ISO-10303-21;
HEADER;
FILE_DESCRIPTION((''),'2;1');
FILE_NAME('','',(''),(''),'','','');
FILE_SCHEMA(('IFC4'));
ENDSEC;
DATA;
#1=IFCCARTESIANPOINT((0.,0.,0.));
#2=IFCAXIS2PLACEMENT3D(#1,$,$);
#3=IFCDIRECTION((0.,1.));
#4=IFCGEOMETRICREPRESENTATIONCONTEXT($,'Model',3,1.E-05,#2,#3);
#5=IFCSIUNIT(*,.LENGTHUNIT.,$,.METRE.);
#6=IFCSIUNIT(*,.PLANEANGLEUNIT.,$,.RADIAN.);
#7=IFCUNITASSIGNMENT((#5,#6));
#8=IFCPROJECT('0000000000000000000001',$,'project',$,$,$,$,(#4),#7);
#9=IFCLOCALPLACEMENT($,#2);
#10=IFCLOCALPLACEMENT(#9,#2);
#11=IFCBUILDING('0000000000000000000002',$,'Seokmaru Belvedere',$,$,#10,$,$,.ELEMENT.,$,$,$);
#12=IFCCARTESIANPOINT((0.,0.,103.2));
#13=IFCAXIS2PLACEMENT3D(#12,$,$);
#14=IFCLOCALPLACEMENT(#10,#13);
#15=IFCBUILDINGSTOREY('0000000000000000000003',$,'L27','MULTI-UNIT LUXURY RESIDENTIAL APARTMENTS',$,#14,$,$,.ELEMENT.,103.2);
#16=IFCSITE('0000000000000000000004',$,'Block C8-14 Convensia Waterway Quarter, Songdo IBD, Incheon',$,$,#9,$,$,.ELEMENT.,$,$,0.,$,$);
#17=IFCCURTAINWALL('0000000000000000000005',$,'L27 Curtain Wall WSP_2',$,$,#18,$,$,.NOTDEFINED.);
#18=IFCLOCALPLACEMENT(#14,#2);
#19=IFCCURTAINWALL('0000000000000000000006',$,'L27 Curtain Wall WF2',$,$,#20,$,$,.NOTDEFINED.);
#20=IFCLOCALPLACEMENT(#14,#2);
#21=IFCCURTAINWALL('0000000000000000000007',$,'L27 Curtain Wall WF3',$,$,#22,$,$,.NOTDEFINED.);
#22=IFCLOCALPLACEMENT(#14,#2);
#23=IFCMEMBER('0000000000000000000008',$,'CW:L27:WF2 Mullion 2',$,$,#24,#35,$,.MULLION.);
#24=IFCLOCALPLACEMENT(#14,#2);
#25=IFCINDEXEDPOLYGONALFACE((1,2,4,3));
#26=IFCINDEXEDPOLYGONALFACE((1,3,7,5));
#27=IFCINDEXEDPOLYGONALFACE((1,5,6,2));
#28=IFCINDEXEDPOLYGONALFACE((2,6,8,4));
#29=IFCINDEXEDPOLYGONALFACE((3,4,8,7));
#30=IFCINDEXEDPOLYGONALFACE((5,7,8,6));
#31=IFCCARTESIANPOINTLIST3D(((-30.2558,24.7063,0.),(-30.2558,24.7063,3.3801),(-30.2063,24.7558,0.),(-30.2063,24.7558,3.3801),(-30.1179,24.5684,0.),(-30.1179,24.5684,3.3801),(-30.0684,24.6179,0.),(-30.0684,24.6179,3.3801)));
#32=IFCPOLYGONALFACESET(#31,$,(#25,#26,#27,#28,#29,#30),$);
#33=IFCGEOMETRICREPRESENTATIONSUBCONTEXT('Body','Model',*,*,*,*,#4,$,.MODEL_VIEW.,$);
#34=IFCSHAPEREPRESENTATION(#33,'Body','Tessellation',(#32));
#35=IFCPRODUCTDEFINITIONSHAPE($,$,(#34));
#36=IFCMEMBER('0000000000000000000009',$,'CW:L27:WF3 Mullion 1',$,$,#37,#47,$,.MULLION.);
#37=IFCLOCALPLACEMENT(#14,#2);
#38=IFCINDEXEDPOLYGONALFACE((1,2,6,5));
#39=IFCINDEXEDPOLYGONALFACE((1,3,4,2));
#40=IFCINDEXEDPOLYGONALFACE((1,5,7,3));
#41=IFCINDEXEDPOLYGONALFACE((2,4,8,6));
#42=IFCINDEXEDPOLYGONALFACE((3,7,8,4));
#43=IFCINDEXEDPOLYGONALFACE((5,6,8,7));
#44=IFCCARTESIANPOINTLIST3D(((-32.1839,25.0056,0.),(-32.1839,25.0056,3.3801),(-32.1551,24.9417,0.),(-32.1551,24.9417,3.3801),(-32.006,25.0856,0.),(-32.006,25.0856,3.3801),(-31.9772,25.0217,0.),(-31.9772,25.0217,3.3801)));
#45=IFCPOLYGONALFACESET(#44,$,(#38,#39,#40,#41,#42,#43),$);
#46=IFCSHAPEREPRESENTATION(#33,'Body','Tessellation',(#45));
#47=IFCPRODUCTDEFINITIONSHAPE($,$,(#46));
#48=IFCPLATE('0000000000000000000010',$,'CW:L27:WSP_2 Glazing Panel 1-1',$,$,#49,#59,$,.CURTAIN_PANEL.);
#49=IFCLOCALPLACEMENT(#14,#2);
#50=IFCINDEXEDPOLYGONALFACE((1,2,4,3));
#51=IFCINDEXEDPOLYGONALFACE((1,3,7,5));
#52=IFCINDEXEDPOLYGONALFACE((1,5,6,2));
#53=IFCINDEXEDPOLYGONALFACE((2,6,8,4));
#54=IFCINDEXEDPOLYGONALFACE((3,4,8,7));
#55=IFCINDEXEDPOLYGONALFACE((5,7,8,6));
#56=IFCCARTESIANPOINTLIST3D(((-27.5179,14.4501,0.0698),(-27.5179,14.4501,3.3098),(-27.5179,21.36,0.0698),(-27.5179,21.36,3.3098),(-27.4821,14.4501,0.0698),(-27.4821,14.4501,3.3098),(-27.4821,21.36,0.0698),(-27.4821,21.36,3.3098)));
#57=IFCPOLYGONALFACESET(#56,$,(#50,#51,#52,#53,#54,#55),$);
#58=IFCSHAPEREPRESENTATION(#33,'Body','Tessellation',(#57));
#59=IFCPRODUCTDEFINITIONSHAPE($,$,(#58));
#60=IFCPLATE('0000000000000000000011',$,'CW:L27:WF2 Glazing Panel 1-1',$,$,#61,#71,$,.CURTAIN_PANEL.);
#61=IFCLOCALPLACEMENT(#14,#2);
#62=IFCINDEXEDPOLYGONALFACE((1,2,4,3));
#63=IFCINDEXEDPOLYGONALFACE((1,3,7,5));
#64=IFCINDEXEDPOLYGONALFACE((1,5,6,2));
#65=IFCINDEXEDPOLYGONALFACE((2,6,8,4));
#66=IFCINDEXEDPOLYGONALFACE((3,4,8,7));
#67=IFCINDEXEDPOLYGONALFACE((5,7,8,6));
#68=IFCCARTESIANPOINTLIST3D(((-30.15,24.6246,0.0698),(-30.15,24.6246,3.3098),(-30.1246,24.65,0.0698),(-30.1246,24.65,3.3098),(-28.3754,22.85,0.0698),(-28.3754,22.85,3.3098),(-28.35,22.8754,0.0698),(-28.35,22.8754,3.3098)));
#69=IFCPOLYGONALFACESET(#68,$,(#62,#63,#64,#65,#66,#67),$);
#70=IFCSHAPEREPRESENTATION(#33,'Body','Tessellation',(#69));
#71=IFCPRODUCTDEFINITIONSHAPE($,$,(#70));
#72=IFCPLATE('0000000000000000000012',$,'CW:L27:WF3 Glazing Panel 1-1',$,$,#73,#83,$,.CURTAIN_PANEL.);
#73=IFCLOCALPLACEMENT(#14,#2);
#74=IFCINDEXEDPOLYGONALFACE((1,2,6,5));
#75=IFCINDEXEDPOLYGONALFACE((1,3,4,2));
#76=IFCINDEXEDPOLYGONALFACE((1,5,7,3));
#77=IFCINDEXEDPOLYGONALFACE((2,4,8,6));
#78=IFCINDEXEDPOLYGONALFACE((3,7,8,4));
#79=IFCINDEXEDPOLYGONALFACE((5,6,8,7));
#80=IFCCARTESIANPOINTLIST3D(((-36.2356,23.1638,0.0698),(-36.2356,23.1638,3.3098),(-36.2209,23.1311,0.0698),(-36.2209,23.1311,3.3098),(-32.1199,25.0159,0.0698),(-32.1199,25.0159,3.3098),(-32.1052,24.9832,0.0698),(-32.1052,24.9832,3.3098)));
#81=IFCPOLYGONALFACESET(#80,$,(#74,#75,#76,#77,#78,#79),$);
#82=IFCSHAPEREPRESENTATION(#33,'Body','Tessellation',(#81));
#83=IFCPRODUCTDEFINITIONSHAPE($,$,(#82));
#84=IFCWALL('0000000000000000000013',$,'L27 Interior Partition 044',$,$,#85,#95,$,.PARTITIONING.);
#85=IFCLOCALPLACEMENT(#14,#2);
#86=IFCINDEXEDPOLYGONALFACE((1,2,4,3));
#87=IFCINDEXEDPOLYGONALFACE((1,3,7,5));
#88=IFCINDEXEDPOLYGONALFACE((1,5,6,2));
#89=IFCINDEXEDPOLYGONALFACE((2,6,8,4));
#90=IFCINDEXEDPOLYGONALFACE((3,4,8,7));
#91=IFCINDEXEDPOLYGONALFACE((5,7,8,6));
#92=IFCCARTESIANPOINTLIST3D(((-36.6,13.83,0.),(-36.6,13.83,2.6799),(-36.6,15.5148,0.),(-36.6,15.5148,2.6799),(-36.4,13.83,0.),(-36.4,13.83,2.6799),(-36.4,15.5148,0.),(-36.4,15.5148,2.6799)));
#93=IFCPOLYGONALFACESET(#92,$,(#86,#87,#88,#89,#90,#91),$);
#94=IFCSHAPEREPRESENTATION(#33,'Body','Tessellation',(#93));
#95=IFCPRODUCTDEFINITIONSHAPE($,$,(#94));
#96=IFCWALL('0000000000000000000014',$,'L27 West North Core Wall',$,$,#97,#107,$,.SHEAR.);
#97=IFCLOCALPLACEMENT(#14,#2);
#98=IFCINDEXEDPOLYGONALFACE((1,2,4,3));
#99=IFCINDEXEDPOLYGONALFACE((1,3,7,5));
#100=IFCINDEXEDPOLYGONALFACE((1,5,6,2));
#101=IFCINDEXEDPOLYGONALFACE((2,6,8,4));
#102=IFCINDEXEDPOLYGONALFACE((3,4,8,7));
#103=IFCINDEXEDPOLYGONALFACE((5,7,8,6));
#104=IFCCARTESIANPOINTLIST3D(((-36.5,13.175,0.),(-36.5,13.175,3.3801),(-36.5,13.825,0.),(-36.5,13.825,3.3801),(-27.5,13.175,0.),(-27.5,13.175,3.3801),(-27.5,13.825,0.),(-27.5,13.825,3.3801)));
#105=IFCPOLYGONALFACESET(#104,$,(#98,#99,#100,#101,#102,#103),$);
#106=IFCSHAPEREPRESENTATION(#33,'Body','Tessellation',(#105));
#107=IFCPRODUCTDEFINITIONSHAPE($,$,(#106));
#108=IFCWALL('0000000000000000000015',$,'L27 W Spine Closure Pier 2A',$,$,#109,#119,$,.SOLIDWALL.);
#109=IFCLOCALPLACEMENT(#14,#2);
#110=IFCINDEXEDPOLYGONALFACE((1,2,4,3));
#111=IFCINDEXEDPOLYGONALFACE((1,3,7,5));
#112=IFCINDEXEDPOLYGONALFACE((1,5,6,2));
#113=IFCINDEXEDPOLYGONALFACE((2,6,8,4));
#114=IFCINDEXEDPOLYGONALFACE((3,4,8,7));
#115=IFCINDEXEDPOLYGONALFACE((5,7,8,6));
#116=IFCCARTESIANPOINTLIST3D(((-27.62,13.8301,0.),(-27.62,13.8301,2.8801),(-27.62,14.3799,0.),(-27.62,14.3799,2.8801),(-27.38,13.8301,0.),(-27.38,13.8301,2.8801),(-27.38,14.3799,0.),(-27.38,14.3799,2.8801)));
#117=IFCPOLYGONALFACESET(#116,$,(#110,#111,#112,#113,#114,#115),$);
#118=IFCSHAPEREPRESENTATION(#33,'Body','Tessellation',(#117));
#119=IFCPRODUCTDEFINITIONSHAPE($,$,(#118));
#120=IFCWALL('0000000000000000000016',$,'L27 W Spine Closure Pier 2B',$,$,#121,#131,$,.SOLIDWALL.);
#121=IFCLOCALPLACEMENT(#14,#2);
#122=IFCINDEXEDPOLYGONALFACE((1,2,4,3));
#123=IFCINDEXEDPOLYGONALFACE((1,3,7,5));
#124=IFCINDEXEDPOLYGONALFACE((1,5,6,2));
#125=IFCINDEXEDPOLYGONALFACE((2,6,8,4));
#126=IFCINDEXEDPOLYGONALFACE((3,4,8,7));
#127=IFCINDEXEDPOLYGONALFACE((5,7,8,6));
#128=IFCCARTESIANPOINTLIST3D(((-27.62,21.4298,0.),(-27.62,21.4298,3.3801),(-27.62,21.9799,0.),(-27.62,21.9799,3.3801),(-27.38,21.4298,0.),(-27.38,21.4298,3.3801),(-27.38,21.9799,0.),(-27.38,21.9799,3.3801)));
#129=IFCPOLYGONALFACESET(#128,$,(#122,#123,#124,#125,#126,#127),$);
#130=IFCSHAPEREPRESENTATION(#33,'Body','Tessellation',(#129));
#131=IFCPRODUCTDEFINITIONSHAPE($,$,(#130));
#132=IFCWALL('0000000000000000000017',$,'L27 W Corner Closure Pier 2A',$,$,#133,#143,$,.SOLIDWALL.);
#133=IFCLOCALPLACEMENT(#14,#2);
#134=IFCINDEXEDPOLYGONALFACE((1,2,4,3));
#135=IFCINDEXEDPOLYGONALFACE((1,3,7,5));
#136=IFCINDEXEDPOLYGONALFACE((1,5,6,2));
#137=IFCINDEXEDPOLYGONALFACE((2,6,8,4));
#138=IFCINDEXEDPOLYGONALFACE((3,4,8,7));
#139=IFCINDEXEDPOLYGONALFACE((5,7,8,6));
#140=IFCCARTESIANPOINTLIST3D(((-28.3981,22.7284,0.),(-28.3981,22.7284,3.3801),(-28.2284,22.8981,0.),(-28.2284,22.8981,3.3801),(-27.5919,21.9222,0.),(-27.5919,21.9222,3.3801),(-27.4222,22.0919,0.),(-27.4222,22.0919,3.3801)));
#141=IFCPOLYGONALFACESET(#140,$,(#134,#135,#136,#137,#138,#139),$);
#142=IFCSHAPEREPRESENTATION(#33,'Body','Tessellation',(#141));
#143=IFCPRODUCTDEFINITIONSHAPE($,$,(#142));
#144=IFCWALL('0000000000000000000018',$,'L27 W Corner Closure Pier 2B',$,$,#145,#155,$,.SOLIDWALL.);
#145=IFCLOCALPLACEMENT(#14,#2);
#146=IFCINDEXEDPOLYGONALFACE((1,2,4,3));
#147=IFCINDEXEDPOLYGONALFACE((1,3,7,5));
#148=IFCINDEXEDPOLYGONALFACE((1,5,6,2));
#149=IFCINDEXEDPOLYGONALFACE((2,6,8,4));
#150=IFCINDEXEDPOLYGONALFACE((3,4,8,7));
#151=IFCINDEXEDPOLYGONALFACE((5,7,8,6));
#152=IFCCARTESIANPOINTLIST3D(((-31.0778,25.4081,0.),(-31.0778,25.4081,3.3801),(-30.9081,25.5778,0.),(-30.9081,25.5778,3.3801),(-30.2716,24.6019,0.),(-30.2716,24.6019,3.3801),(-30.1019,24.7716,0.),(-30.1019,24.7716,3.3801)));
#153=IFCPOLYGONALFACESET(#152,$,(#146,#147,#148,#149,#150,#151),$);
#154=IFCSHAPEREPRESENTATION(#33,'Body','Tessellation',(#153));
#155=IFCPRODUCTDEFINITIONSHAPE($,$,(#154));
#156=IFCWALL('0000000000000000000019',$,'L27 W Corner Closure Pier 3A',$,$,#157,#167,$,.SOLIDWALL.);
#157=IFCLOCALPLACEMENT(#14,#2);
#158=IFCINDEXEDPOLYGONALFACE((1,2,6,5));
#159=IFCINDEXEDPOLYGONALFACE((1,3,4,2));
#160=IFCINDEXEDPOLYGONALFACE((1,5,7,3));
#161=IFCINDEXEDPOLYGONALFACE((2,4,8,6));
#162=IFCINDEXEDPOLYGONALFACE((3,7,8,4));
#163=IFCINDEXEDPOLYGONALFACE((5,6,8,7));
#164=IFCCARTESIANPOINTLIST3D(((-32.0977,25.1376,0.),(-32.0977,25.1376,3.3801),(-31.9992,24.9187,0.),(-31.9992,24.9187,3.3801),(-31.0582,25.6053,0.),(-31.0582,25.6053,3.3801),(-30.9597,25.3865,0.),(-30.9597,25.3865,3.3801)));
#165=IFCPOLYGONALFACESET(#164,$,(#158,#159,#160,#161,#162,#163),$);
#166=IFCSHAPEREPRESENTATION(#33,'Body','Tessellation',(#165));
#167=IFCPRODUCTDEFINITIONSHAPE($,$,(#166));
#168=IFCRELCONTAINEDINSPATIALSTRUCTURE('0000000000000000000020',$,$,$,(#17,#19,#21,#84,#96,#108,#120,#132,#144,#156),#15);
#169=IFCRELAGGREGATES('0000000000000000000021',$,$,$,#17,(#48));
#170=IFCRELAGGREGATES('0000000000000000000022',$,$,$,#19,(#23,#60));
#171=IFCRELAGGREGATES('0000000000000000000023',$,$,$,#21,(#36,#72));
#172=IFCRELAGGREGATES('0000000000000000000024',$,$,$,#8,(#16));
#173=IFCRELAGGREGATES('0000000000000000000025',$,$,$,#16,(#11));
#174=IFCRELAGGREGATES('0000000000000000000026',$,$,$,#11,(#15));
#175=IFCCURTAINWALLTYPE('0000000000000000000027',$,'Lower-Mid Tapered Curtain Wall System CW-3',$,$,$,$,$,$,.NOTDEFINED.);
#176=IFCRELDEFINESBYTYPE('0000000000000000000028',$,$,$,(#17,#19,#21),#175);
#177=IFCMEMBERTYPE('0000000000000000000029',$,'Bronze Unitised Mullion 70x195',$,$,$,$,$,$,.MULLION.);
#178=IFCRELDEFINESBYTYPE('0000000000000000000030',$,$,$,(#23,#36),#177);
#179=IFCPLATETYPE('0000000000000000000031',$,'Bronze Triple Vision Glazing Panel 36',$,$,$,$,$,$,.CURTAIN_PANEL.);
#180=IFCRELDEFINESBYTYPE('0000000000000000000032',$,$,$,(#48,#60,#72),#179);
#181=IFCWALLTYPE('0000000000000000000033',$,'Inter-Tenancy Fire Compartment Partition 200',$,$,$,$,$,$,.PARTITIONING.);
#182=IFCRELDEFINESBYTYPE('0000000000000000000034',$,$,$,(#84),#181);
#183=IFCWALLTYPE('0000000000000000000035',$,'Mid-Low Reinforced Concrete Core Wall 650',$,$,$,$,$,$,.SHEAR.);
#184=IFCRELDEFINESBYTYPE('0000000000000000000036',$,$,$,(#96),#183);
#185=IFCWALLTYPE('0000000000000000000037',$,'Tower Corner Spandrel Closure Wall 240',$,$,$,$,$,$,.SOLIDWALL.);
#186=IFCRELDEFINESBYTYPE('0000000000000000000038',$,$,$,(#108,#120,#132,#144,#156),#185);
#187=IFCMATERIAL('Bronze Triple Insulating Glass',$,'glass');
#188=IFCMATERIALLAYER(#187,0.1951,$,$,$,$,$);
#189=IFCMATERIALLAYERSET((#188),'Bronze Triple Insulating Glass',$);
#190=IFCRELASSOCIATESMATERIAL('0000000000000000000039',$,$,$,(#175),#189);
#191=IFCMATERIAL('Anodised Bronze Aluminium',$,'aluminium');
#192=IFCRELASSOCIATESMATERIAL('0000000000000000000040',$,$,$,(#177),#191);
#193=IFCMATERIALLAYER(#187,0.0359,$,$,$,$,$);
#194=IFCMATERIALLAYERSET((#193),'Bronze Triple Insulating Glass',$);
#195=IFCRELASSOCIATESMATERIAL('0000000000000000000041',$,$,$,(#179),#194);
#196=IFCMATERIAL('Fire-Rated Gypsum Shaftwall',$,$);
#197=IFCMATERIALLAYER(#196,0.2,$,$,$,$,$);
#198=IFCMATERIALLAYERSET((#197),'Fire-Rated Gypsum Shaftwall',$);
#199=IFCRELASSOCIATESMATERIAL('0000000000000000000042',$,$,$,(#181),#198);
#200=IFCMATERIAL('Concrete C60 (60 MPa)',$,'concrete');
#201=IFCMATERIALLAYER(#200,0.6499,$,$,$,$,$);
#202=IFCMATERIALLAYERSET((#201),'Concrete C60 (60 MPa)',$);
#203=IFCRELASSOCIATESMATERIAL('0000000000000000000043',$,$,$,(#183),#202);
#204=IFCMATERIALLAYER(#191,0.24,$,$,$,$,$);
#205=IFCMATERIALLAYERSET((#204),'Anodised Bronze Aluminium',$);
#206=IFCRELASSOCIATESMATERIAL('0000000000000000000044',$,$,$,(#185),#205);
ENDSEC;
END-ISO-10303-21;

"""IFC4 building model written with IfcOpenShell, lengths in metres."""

from ifc_helpers import new_model, si_unit, direction, frame, frame_2d, origin, origin_2d, place, context, subcontext, project, spatial, rectangle, extrude, source, transform, mapped, material, layer, layer_set, material_profile, profile_set, type_object, type_shapes, element, aggregate, save


model = new_model("IFC4")

# Units and contexts
model_context = context("Model", 3, precision=1e-05, world=origin(), true_north=direction((0.0, 1.0)))
body_context = subcontext(model_context, "Body", "Model", "MODEL_VIEW")
ifc_project = project(units=[si_unit("LENGTHUNIT", "METRE"), si_unit("PLANEANGLEUNIT", "RADIAN")], contexts=[model_context])

# Site, building, storey
site_placement = place(None, origin())
site = spatial("IfcSite", under=ifc_project, at=site_placement, Name="Block C8-14 Convensia Waterway Quarter, Songdo IBD, Incheon", CompositionType="ELEMENT", RefElevation=0.0)
building_placement = place(site_placement, origin())
building = spatial("IfcBuilding", under=site, at=building_placement, Name="Seokmaru Belvedere", CompositionType="ELEMENT")
storey_placement = place(building_placement, frame((0.0, 0.0, 103.2)))
storey = spatial("IfcBuildingStorey", under=building, at=storey_placement, Name="L27", Description="MULTI-UNIT LUXURY RESIDENTIAL APARTMENTS", CompositionType="ELEMENT", Elevation=103.2)

# Curtain walls
ifc_material_1 = material(Name="Bronze Triple Insulating Glass", Category="glass")
ifc_layer_1 = layer(ifc_material_1, 0.1951)
ifc_layer_set_1 = layer_set([ifc_layer_1], Name="Bronze Triple Insulating Glass")
curtain_wall_type = type_object("IfcCurtainWallType", Name="Lower-Mid Tapered Curtain Wall System CW-3", PredefinedType="NOTDEFINED", material=ifc_layer_set_1)
curtain_wall_1_placement = place(storey_placement, origin())
curtain_wall_1 = element("IfcCurtainWall", 1, at=curtain_wall_1_placement, inside=storey, type_object=curtain_wall_type, Name="L27 Curtain Wall WSP_2", PredefinedType="NOTDEFINED")
ifc_material_2 = material(Name="Anodised Bronze Aluminium", Category="aluminium")
curtain_wall_2_placement = place(storey_placement, origin())
curtain_wall_2 = element("IfcCurtainWall", 2, at=curtain_wall_2_placement, inside=storey, type_object=curtain_wall_type, Name="L27 Curtain Wall WF2", PredefinedType="NOTDEFINED")
curtain_wall_3_placement = place(storey_placement, origin())
curtain_wall_3 = element("IfcCurtainWall", 3, at=curtain_wall_3_placement, inside=storey, type_object=curtain_wall_type, Name="L27 Curtain Wall WF3", PredefinedType="NOTDEFINED")
ifc_material_profile_1 = material_profile(ifc_material_2, rectangle(XDim=0.0701, YDim=0.1951, at=origin_2d()), Name="CW-M-70x195")
ifc_profile_set_1 = profile_set([ifc_material_profile_1], Name="Anodised Bronze Aluminium")
member_type_1 = type_object("IfcMemberType", Name="Bronze Unitised Mullion 70x195", PredefinedType="MULLION", material=ifc_profile_set_1)

# Members
shared_shape_1 = source(origin(), body_context, "Body", "SweptSolid", [
    extrude(rectangle(XDim=0.0701, YDim=0.1951, at=origin_2d()), origin(), (0.0, 0.0, 1.0), 3.3801),
])
member_1_placement = place(storey_placement, frame((-30.1621, 24.6621, 0.0), z_axis=(0.0, 0.0, 1.0), x_axis=(-0.707107, -0.707107, 0.0)))
member_1 = element("IfcMember", 4, at=member_1_placement, type_object=member_type_1, Name="CW:L27:WF2 Mullion 2", PredefinedType="MULLION", context=body_context, shape_type="MappedRepresentation", body=[
    mapped(shared_shape_1, transform((0.0, 0.0, 0.0), scale=1.0)),
])
member_2_placement = place(storey_placement, frame((-32.0806, 25.0137, 0.0), z_axis=(0.0, 0.0, 1.0), x_axis=(0.410366, -0.911921, 0.0)))
member_2 = element("IfcMember", 5, at=member_2_placement, type_object=member_type_1, Name="CW:L27:WF3 Mullion 1", PredefinedType="MULLION", context=body_context, shape_type="MappedRepresentation", body=[
    mapped(shared_shape_1, transform((0.0, 0.0, 0.0), scale=1.0)),
])

# Plates
ifc_layer_2 = layer(ifc_material_1, 0.0359)
ifc_layer_set_2 = layer_set([ifc_layer_2], Name="Bronze Triple Insulating Glass")
plate_type = type_object("IfcPlateType", Name="Bronze Triple Vision Glazing Panel 36", PredefinedType="CURTAIN_PANEL", material=ifc_layer_set_2)
shared_shape_2 = source(origin(), body_context, "Body", "SweptSolid", [
    extrude(rectangle(XDim=6.9099, YDim=0.0359, at=origin_2d()), origin(), (0.0, 0.0, 1.0), 3.24),
])
plate_1_placement = place(storey_placement, frame((-27.5, 17.905, 0.0698), z_axis=(0.0, 0.0, 1.0), x_axis=(0.0, 1.0, 0.0)))
plate_1 = element("IfcPlate", 6, at=plate_1_placement, type_object=plate_type, Name="CW:L27:WSP_2 Glazing Panel 1-1", PredefinedType="CURTAIN_PANEL", context=body_context, shape_type="MappedRepresentation", body=[
    mapped(shared_shape_2, transform((0.0, 0.0, 0.0), scale=1.0)),
])
aggregate(curtain_wall_1, [plate_1])
shared_shape_3 = source(origin(), body_context, "Body", "SweptSolid", [
    extrude(rectangle(XDim=2.5098, YDim=0.0359, at=origin_2d()), origin(), (0.0, 0.0, 1.0), 3.24),
])
plate_2_placement = place(storey_placement, frame((-29.25, 23.75, 0.0698), z_axis=(0.0, 0.0, 1.0), x_axis=(-0.707107, 0.707107, 0.0)))
plate_2 = element("IfcPlate", 7, at=plate_2_placement, type_object=plate_type, Name="CW:L27:WF2 Glazing Panel 1-1", PredefinedType="CURTAIN_PANEL", context=body_context, shape_type="MappedRepresentation", body=[
    mapped(shared_shape_3, transform((0.0, 0.0, 0.0), scale=1.0)),
])
aggregate(curtain_wall_2, [member_1, plate_2])
shared_shape_4 = source(origin(), body_context, "Body", "SweptSolid", [
    extrude(rectangle(XDim=4.5132, YDim=0.0359, at=origin_2d()), origin(), (0.0, 0.0, 1.0), 3.24),
])
type_shapes(plate_type, [shared_shape_2, shared_shape_3, shared_shape_4])
plate_3_placement = place(storey_placement, frame((-34.1704, 24.0735, 0.0698), z_axis=(0.0, 0.0, 1.0), x_axis=(-0.911921, -0.410366, 0.0)))
plate_3 = element("IfcPlate", 8, at=plate_3_placement, type_object=plate_type, Name="CW:L27:WF3 Glazing Panel 1-1", PredefinedType="CURTAIN_PANEL", context=body_context, shape_type="MappedRepresentation", body=[
    mapped(shared_shape_4, transform((0.0, 0.0, 0.0), scale=1.0)),
])
aggregate(curtain_wall_3, [member_2, plate_3])

# Walls
ifc_material_3 = material(Name="Fire-Rated Gypsum Shaftwall")
ifc_layer_3 = layer(ifc_material_3, 0.2)
ifc_layer_set_3 = layer_set([ifc_layer_3], Name="Fire-Rated Gypsum Shaftwall")
wall_type_1 = type_object("IfcWallType", Name="Inter-Tenancy Fire Compartment Partition 200", PredefinedType="PARTITIONING", material=ifc_layer_set_3)
wall_1_placement = place(storey_placement, frame((-36.5, 13.8301, 0.0), z_axis=(0.0, 0.0, 1.0), x_axis=(0.0, 1.0, 0.0)))
element("IfcWall", 9, at=wall_1_placement, inside=storey, type_object=wall_type_1, Name="L27 Interior Partition 044", PredefinedType="PARTITIONING", context=body_context, shape_type="SweptSolid", body=[
    extrude(rectangle(XDim=1.6848, YDim=0.2, at=frame_2d((0.8423, 0.0))), origin(), (0.0, 0.0, 1.0), 2.6799),
])
ifc_material_4 = material(Name="Concrete C60 (60 MPa)", Category="concrete")
ifc_layer_4 = layer(ifc_material_4, 0.6499)
ifc_layer_set_4 = layer_set([ifc_layer_4], Name="Concrete C60 (60 MPa)")
wall_type_2 = type_object("IfcWallType", Name="Mid-Low Reinforced Concrete Core Wall 650", PredefinedType="SHEAR", material=ifc_layer_set_4)
wall_2_placement = place(storey_placement, frame((-36.5, 13.5, 0.0), z_axis=(0.0, 0.0, 1.0), x_axis=(1.0, 0.0, 0.0)))
element("IfcWall", 10, at=wall_2_placement, inside=storey, type_object=wall_type_2, Name="L27 West North Core Wall", PredefinedType="SHEAR", context=body_context, shape_type="SweptSolid", body=[
    extrude(rectangle(XDim=9.0, YDim=0.6499, at=frame_2d((4.5, 0.0))), origin(), (0.0, 0.0, 1.0), 3.3801),
])
ifc_layer_5 = layer(ifc_material_2, 0.24)
ifc_layer_set_5 = layer_set([ifc_layer_5], Name="Anodised Bronze Aluminium")
wall_type_3 = type_object("IfcWallType", Name="Tower Corner Spandrel Closure Wall 240", PredefinedType="SOLIDWALL", material=ifc_layer_set_5)
wall_3_placement = place(storey_placement, frame((-27.5, 13.8301, 0.0), z_axis=(0.0, 0.0, 1.0), x_axis=(0.0, 1.0, 0.0)))
element("IfcWall", 11, at=wall_3_placement, inside=storey, type_object=wall_type_3, Name="L27 W Spine Closure Pier 2A", PredefinedType="SOLIDWALL", context=body_context, shape_type="SweptSolid", body=[
    extrude(rectangle(XDim=0.5498, YDim=0.24, at=frame_2d((0.2749, 0.0))), origin(), (0.0, 0.0, 1.0), 2.8801),
])
wall_4_placement = place(storey_placement, frame((-27.5, 21.4299, 0.0), z_axis=(0.0, 0.0, 1.0), x_axis=(0.0, 1.0, 0.0)))
element("IfcWall", 12, at=wall_4_placement, inside=storey, type_object=wall_type_3, Name="L27 W Spine Closure Pier 2B", PredefinedType="SOLIDWALL", context=body_context, shape_type="SweptSolid", body=[
    extrude(rectangle(XDim=0.55, YDim=0.24, at=frame_2d((0.2749, 0.0))), origin(), (0.0, 0.0, 1.0), 3.3801),
])
for number, where, z_axis, x_axis, name in (
    (13, (-27.5071, 22.0071, 0.0), (0.0, 0.0, 1.0), (-0.707107, 0.707107, 0.0), "L27 W Corner Closure Pier 2A"),
    (14, (-30.1868, 24.6868, 0.0), (0.0, 0.0, 1.0), (-0.707107, 0.707107, 0.0), "L27 W Corner Closure Pier 2B"),
):
    element("IfcWall", number, at=place(storey_placement, frame(where, z_axis=z_axis, x_axis=x_axis)), inside=storey, type_object=wall_type_3, Name=name, PredefinedType="SOLIDWALL", context=body_context, shape_type="SweptSolid", body=[
        extrude(rectangle(XDim=1.1401, YDim=0.24, at=frame_2d((0.5701, 0.0))), origin(), (0.0, 0.0, 1.0), 3.3801),
    ])
wall_5_placement = place(storey_placement, frame((-31.009, 25.4958, 0.0), z_axis=(0.0, 0.0, 1.0), x_axis=(-0.91193, -0.410347, 0.0)))
element("IfcWall", 15, at=wall_5_placement, inside=storey, type_object=wall_type_3, Name="L27 W Corner Closure Pier 3A", PredefinedType="SOLIDWALL", context=body_context, shape_type="SweptSolid", body=[
    extrude(rectangle(XDim=1.1399, YDim=0.24, at=frame_2d((0.5698, 0.0))), origin(), (0.0, 0.0, 1.0), 3.3801),
])

save(model, "model.ifc")
